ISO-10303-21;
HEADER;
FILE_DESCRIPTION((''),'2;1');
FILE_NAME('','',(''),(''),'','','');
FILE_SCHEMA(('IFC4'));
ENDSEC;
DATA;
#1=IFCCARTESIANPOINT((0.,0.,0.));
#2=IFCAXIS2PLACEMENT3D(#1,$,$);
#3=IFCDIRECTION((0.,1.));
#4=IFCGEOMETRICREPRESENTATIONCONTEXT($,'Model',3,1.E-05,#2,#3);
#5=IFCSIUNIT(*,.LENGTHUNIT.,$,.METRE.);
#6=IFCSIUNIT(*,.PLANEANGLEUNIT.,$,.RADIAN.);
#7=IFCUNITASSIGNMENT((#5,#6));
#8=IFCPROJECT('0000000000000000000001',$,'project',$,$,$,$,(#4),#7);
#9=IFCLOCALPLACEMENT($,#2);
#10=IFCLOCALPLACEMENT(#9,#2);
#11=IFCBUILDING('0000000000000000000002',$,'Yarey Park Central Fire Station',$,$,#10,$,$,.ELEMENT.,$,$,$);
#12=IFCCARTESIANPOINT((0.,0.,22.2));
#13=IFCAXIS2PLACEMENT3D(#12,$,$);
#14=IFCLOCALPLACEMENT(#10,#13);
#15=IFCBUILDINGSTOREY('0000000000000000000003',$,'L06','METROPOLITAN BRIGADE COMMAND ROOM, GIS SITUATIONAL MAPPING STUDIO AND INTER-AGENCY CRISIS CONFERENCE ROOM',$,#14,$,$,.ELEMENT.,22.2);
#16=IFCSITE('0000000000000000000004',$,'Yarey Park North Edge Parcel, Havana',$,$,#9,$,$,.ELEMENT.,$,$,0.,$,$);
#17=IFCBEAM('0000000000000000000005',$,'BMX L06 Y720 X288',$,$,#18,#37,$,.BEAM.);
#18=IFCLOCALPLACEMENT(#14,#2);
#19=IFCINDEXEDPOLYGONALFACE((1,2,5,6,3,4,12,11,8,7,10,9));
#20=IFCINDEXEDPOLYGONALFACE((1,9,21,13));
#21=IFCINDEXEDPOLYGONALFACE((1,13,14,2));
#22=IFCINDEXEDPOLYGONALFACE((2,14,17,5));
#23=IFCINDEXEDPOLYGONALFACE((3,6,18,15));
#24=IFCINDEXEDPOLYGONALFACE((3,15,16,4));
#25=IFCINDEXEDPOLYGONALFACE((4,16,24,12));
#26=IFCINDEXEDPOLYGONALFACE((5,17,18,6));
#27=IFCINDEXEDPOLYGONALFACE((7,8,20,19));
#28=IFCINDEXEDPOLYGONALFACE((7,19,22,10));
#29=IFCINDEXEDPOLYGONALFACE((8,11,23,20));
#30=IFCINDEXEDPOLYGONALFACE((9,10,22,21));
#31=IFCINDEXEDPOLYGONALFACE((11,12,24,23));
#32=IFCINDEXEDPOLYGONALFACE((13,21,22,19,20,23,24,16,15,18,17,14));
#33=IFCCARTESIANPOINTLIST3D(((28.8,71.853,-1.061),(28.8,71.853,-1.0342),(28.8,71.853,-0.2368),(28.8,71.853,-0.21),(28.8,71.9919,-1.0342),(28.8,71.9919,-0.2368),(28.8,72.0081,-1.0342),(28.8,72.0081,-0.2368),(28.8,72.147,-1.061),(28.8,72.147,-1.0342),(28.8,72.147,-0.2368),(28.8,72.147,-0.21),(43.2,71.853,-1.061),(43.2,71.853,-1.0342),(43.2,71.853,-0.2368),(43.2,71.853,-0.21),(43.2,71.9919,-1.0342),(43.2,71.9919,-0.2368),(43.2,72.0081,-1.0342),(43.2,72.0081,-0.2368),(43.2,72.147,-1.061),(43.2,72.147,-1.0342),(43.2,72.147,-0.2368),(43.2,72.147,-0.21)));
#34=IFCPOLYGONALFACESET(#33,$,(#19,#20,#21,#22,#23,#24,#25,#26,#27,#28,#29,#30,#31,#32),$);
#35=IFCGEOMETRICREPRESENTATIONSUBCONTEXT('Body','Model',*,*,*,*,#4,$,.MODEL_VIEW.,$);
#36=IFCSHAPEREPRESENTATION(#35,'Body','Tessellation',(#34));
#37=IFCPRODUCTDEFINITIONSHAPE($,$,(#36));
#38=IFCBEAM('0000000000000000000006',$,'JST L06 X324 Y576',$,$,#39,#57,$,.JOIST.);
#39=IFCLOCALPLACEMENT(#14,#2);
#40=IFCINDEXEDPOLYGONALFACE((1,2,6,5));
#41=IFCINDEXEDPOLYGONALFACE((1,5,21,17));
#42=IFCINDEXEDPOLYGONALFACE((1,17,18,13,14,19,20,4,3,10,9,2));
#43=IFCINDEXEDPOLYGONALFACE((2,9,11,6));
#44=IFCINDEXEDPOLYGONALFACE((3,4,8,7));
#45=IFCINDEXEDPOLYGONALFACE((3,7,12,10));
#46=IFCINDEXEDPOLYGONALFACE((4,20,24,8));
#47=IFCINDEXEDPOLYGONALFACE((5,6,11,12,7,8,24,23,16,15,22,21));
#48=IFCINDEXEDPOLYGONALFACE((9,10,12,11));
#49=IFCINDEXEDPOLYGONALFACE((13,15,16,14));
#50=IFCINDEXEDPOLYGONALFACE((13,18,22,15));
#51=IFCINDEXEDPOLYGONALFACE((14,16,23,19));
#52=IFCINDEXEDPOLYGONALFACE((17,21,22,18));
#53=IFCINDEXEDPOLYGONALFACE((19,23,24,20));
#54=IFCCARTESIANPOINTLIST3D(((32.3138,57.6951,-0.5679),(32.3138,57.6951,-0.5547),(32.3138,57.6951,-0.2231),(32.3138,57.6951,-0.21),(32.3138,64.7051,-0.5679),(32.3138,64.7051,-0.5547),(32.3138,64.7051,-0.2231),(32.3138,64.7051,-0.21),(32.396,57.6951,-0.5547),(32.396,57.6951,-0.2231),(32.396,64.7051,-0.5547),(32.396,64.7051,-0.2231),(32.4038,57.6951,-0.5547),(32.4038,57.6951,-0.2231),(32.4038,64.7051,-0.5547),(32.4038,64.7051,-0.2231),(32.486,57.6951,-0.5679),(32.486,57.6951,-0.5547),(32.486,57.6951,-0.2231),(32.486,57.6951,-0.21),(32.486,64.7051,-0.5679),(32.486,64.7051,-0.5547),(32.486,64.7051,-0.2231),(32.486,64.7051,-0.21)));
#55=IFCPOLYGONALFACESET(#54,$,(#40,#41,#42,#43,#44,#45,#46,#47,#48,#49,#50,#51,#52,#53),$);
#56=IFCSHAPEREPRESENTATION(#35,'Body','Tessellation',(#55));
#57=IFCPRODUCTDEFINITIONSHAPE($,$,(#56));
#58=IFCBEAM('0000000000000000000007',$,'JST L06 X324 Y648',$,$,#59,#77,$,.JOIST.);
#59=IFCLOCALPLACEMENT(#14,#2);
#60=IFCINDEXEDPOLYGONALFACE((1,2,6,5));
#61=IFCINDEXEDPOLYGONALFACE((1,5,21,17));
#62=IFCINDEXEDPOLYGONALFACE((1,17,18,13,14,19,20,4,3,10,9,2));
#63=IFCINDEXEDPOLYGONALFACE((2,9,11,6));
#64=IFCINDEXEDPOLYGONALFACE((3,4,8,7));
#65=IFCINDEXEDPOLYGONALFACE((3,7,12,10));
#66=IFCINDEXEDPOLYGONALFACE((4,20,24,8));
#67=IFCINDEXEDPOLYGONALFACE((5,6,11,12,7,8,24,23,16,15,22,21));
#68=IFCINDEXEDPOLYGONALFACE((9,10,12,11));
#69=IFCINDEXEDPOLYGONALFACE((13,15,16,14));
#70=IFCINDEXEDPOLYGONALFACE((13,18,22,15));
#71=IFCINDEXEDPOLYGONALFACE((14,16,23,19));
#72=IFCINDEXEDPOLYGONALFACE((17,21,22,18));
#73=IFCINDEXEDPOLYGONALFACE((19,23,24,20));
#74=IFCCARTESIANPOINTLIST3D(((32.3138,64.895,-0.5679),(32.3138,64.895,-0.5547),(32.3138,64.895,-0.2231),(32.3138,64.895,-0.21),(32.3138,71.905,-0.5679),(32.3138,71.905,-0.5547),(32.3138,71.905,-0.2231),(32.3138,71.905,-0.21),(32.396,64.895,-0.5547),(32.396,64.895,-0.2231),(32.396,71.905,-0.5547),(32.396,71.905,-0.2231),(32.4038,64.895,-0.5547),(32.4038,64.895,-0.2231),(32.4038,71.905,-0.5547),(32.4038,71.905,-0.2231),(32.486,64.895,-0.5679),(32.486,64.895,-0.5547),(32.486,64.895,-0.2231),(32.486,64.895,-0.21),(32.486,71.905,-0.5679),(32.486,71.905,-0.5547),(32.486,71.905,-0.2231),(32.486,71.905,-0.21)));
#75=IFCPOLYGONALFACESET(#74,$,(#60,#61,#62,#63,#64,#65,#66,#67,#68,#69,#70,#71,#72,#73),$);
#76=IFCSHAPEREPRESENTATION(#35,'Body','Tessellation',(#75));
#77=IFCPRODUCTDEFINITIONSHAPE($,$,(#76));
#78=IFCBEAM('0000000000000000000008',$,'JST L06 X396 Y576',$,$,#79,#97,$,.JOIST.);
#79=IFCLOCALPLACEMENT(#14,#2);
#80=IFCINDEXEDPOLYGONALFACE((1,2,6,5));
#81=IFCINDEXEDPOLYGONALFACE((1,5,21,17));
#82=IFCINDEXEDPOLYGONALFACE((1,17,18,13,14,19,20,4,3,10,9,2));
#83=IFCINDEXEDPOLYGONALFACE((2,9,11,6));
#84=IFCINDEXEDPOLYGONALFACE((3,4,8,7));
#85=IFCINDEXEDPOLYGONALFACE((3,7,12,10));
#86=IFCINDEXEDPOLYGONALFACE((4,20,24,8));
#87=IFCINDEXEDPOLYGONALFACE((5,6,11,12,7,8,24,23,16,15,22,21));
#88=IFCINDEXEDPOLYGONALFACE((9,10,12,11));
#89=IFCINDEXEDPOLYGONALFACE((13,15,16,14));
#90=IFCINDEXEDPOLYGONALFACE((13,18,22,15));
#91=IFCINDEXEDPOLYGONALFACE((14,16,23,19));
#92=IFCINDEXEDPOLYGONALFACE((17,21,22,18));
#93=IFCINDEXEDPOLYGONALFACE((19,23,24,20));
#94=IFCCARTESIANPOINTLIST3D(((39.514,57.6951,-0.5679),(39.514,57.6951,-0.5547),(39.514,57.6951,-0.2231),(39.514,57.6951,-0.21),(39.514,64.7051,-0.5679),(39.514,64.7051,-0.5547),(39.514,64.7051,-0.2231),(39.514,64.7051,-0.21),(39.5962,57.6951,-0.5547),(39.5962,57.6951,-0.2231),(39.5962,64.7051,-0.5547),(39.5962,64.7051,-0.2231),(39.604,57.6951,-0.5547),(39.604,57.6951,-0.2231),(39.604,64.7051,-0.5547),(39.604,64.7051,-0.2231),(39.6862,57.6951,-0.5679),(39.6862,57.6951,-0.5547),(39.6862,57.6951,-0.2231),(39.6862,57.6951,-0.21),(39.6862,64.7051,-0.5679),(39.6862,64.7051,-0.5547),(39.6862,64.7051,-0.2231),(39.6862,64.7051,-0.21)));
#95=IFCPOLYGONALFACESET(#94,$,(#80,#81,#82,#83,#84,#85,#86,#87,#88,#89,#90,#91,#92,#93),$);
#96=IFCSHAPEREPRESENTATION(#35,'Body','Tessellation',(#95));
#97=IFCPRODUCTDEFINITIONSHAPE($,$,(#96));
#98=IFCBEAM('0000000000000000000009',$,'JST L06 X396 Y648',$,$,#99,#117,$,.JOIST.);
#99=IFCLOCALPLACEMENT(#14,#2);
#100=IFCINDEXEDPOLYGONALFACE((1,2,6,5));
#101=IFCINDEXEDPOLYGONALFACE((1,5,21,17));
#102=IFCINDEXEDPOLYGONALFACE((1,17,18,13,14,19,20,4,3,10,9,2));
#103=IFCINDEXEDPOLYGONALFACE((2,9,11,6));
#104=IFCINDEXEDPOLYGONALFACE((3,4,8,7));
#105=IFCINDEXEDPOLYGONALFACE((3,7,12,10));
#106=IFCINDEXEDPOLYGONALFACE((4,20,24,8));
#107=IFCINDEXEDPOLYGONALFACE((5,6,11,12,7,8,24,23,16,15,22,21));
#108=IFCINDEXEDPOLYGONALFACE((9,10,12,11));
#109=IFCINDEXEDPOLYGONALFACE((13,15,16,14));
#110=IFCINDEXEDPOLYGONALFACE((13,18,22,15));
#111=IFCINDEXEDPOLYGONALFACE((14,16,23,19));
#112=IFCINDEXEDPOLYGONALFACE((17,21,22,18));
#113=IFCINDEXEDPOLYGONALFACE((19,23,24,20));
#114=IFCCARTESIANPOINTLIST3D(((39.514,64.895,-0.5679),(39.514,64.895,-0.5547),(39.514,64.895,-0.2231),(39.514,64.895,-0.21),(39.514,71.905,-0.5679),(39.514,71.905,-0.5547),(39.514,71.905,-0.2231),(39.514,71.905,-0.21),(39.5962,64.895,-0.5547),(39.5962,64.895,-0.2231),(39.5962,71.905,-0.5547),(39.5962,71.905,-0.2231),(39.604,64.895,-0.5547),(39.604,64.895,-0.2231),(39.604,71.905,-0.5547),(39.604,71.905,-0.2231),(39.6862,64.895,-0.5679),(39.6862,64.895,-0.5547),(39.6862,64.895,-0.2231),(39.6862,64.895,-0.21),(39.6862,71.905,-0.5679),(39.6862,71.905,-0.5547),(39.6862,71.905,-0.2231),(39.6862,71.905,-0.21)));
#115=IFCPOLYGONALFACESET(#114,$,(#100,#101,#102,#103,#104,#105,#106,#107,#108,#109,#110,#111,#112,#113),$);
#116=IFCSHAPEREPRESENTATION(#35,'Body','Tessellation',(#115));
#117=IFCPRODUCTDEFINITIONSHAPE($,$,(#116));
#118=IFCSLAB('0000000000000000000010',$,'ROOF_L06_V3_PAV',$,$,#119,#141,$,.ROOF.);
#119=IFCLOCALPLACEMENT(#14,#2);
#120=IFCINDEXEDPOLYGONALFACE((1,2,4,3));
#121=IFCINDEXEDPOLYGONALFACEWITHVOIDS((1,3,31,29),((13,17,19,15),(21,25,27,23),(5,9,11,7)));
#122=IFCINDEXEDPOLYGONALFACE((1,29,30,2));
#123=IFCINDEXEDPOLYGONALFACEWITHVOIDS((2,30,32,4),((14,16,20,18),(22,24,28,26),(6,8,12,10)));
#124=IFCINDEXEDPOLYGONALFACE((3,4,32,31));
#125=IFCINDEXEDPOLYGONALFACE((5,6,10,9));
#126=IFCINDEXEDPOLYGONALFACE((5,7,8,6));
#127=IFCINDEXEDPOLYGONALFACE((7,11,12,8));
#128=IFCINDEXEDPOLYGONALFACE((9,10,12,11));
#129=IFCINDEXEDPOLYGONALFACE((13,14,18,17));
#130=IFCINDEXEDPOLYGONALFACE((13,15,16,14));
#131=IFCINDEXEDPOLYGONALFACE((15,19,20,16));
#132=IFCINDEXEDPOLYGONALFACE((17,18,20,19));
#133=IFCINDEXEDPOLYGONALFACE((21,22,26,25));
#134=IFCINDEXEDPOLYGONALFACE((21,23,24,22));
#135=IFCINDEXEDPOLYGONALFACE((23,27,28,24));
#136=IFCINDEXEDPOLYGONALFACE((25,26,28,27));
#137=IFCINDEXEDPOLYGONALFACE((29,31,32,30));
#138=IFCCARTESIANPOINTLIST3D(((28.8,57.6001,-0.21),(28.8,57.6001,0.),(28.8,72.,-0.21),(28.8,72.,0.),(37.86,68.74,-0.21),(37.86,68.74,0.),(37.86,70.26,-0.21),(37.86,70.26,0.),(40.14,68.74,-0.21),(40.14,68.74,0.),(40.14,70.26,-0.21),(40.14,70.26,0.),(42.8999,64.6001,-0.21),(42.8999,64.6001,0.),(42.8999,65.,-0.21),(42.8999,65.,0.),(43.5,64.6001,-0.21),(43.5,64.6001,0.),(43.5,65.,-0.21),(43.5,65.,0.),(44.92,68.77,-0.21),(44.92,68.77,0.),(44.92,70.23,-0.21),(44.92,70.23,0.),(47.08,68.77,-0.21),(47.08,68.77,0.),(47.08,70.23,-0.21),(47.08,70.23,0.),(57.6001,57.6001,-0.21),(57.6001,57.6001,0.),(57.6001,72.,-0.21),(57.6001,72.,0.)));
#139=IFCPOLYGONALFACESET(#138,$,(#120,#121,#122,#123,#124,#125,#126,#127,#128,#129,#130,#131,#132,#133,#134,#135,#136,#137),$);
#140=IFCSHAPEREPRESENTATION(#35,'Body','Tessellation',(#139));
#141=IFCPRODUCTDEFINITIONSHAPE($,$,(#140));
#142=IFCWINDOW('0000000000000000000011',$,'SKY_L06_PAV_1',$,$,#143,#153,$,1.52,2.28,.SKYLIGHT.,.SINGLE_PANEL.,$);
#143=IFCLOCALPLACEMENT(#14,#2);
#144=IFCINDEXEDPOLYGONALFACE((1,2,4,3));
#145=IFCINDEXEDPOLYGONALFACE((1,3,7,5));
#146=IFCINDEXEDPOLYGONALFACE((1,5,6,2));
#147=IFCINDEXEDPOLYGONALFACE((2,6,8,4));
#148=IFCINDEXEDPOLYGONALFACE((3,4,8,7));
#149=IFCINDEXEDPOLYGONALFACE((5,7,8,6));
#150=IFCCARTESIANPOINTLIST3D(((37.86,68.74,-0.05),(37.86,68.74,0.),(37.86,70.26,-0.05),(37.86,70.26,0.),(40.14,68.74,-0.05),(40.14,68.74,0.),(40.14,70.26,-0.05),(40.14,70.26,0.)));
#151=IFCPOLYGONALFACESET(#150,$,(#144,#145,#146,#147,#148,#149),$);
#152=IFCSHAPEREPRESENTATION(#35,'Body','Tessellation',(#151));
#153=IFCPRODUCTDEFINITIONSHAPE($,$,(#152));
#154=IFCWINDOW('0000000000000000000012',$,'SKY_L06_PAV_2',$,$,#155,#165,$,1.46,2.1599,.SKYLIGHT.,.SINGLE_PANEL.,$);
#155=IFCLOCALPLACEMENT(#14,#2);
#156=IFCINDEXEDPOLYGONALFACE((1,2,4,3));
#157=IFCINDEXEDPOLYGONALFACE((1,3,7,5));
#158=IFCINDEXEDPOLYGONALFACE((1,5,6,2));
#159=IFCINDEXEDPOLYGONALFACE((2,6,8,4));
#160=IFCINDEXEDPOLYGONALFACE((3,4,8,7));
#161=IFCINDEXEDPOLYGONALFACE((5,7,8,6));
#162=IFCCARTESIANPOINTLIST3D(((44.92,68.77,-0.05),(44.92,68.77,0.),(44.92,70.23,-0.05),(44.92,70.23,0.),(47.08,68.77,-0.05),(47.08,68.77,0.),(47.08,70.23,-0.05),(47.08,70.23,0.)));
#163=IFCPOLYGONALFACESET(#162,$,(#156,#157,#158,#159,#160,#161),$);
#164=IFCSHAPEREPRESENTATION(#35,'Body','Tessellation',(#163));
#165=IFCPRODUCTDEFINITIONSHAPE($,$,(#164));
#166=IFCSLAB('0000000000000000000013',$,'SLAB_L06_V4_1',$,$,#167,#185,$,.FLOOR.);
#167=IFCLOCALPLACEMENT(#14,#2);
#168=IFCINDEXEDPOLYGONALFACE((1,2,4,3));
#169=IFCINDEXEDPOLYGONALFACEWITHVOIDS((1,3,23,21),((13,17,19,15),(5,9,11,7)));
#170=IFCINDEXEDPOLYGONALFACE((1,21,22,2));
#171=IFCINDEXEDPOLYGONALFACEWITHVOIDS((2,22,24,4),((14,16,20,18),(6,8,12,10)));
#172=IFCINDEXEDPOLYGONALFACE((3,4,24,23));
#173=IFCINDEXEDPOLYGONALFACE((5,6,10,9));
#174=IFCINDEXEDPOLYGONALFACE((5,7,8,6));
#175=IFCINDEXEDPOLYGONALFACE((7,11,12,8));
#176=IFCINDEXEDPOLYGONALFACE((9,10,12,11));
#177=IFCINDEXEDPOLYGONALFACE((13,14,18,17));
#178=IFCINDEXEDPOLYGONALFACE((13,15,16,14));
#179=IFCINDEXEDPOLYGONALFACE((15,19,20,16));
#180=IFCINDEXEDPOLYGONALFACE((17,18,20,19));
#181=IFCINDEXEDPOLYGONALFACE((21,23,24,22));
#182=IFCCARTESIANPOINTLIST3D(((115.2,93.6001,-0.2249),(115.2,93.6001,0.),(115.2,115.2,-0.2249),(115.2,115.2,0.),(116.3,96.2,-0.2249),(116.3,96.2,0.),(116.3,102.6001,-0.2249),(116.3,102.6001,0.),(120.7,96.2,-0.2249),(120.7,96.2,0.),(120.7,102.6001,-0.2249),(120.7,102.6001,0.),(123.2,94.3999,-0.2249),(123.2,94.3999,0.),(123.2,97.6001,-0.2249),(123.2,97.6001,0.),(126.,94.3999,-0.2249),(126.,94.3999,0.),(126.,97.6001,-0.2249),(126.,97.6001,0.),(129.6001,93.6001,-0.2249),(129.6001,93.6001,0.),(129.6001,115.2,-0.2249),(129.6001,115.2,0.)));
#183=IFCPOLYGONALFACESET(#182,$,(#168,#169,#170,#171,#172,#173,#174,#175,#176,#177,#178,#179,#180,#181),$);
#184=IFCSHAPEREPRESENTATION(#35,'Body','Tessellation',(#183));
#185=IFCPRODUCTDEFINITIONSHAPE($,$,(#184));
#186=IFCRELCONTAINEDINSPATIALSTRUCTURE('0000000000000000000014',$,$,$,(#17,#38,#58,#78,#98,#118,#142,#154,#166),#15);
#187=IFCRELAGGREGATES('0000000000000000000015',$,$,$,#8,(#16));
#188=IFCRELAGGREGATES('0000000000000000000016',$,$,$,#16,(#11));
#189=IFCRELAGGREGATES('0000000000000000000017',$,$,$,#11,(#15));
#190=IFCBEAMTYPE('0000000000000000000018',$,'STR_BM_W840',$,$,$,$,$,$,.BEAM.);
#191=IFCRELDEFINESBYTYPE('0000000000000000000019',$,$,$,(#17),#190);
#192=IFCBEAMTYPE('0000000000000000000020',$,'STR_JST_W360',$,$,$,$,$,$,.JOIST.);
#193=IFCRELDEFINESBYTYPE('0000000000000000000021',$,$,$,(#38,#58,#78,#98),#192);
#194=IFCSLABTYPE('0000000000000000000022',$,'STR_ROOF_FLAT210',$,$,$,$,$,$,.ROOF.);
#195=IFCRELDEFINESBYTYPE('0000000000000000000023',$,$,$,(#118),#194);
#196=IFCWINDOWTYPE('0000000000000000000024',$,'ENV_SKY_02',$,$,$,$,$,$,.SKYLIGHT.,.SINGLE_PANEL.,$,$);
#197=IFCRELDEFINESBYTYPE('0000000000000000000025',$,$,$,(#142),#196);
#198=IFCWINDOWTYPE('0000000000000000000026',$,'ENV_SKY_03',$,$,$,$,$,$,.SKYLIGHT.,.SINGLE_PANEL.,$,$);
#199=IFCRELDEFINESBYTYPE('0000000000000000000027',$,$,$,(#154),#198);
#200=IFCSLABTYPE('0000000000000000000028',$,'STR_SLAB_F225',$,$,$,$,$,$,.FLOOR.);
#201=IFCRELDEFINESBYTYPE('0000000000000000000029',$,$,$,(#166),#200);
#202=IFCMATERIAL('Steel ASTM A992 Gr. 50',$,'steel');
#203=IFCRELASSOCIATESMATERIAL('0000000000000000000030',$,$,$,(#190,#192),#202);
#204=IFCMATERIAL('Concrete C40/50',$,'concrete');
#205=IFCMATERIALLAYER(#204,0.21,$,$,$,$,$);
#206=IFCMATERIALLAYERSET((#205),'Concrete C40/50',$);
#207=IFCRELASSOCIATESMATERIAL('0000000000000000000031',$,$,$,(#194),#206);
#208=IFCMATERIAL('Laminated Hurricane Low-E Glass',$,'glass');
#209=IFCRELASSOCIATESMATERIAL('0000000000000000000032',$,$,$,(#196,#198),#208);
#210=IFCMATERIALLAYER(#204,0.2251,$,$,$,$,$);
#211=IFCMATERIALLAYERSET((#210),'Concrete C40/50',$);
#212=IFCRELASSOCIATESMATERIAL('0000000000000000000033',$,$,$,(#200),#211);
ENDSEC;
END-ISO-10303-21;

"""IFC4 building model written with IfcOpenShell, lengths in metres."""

from ifc_helpers import new_model, si_unit, direction, frame, origin, origin_2d, place, context, subcontext, project, spatial, polyline, rectangle, i_section, outline, extrude, material, layer, layer_set, material_profile, profile_set, type_object, element, fill, save


model = new_model("IFC4")

# Units and contexts
model_context = context("Model", 3, precision=1e-05, world=origin(), true_north=direction((0.0, 1.0)))
body_context = subcontext(model_context, "Body", "Model", "MODEL_VIEW")
ifc_project = project(units=[si_unit("LENGTHUNIT", "METRE"), si_unit("PLANEANGLEUNIT", "RADIAN")], contexts=[model_context])

# Site, building, storey
site_placement = place(None, origin())
site = spatial("IfcSite", under=ifc_project, at=site_placement, Name="Yarey Park North Edge Parcel, Havana", CompositionType="ELEMENT", RefElevation=0.0)
building_placement = place(site_placement, origin())
building = spatial("IfcBuilding", under=site, at=building_placement, Name="Yarey Park Central Fire Station", CompositionType="ELEMENT")
storey_placement = place(building_placement, frame((0.0, 0.0, 22.2)))
storey = spatial("IfcBuildingStorey", under=building, at=storey_placement, Name="L06", Description="METROPOLITAN BRIGADE COMMAND ROOM, GIS SITUATIONAL MAPPING STUDIO AND INTER-AGENCY CRISIS CONFERENCE ROOM", CompositionType="ELEMENT", Elevation=22.2)

# Beams
ifc_material_1 = material(Name="Steel ASTM A992 Gr. 50", Category="steel")
ifc_material_profile_1 = material_profile(ifc_material_1, i_section(OverallWidth=0.2939, OverallDepth=0.8511, WebThickness=0.0161, FlangeThickness=0.0269, at=origin_2d()), Name="W840x226")
ifc_profile_set_1 = profile_set([ifc_material_profile_1], Name="Steel ASTM A992 Gr. 50")
beam_type_1 = type_object("IfcBeamType", Name="STR_BM_W840", PredefinedType="BEAM", material=ifc_profile_set_1)
beam_placement = place(storey_placement, frame((28.8, 72.0, -0.6355), z_axis=(1.0, 0.0, 0.0), x_axis=(0.0, 1.0, 0.0)))
element("IfcBeam", 1, at=beam_placement, inside=storey, type_object=beam_type_1, Name="BMX L06 Y720 X288", PredefinedType="BEAM", context=body_context, shape_type="SweptSolid", body=[
    extrude(i_section(OverallWidth=0.2939, OverallDepth=0.8511, WebThickness=0.0161, FlangeThickness=0.0269, at=origin_2d()), origin(), (0.0, 0.0, 1.0), 14.3999),
])
ifc_material_profile_2 = material_profile(ifc_material_1, i_section(OverallWidth=0.1721, OverallDepth=0.3579, WebThickness=0.0078, FlangeThickness=0.0132, at=origin_2d()), Name="W360x57")
ifc_profile_set_2 = profile_set([ifc_material_profile_2], Name="Steel ASTM A992 Gr. 50")
beam_type_2 = type_object("IfcBeamType", Name="STR_JST_W360", PredefinedType="JOIST", material=ifc_profile_set_2)
for number, where, z_axis, x_axis, name in (
    (2, (32.3999, 57.6951, -0.3889), (0.0, 1.0, 0.0), (-1.0, 0.0, 0.0), "JST L06 X324 Y576"),
    (3, (32.3999, 64.895, -0.3889), (0.0, 1.0, 0.0), (-1.0, 0.0, 0.0), "JST L06 X324 Y648"),
    (4, (39.6001, 57.6951, -0.3889), (0.0, 1.0, 0.0), (-1.0, 0.0, 0.0), "JST L06 X396 Y576"),
    (5, (39.6001, 64.895, -0.3889), (0.0, 1.0, 0.0), (-1.0, 0.0, 0.0), "JST L06 X396 Y648"),
):
    element("IfcBeam", number, at=place(storey_placement, frame(where, z_axis=z_axis, x_axis=x_axis)), inside=storey, type_object=beam_type_2, Name=name, PredefinedType="JOIST", context=body_context, shape_type="SweptSolid", body=[
        extrude(i_section(OverallWidth=0.1721, OverallDepth=0.3579, WebThickness=0.0078, FlangeThickness=0.0132, at=origin_2d()), origin(), (0.0, 0.0, 1.0), 7.01),
    ])

# Shared definitions
ifc_material_2 = material(Name="Concrete C40/50", Category="concrete")

# Slab, openings, windows
ifc_layer_1 = layer(ifc_material_2, 0.21)
ifc_layer_set_1 = layer_set([ifc_layer_1], Name="Concrete C40/50")
slab_type_1 = type_object("IfcSlabType", Name="STR_ROOF_FLAT210", PredefinedType="ROOF", material=ifc_layer_set_1)
slab_1_placement = place(storey_placement, frame((0.0, 0.0, -0.21)))
slab_1 = element("IfcSlab", 6, at=slab_1_placement, inside=storey, type_object=slab_type_1, Name="ROOF_L06_V3_PAV", PredefinedType="ROOF", context=body_context, shape_type="SweptSolid", body=[
    extrude(outline(polyline([(28.8, 57.6001), (57.6001, 57.6001), (57.6001, 72.0), (28.8, 72.0), (28.8, 57.6001)]), holes=[polyline([(42.8999, 64.6001), (43.5, 64.6001), (43.5, 65.0), (42.8999, 65.0), (42.8999, 64.6001)])]), origin(), (0.0, 0.0, 1.0), 0.21),
])
opening_1_placement = place(slab_1_placement, frame((39.0, 69.5, -0.01)))
opening_1 = element("IfcOpeningElement", 7, at=opening_1_placement, cuts=slab_1, PredefinedType="OPENING", context=body_context, shape_type="SweptSolid", body=[
    extrude(rectangle(XDim=2.28, YDim=1.52, at=origin_2d()), origin(), (0.0, 0.0, 1.0), 0.23),
])
opening_2_placement = place(slab_1_placement, frame((46.0, 69.5, -0.01)))
opening_2 = element("IfcOpeningElement", 8, at=opening_2_placement, cuts=slab_1, PredefinedType="OPENING", context=body_context, shape_type="SweptSolid", body=[
    extrude(rectangle(XDim=2.1599, YDim=1.46, at=origin_2d()), origin(), (0.0, 0.0, 1.0), 0.23),
])
ifc_material_3 = material(Name="Laminated Hurricane Low-E Glass", Category="glass")
window_type_1 = type_object("IfcWindowType", Name="ENV_SKY_02", PartitioningType="SINGLE_PANEL", PredefinedType="SKYLIGHT", material=ifc_material_3)
window_1_placement = place(slab_1_placement, frame((39.0, 69.5, 0.1599)))
window_1 = element("IfcWindow", 9, at=window_1_placement, inside=storey, type_object=window_type_1, Name="SKY_L06_PAV_1", OverallHeight=1.52, OverallWidth=2.28, PartitioningType="SINGLE_PANEL", PredefinedType="SKYLIGHT", context=body_context, shape_type="SweptSolid", body=[
    extrude(rectangle(XDim=2.28, YDim=1.52, at=origin_2d()), origin(), (0.0, 0.0, 1.0), 0.05),
])
fill(opening_1, window_1)
window_type_2 = type_object("IfcWindowType", Name="ENV_SKY_03", PartitioningType="SINGLE_PANEL", PredefinedType="SKYLIGHT", material=ifc_material_3)
window_2_placement = place(slab_1_placement, frame((46.0, 69.5, 0.1599)))
window_2 = element("IfcWindow", 10, at=window_2_placement, inside=storey, type_object=window_type_2, Name="SKY_L06_PAV_2", OverallHeight=1.46, OverallWidth=2.1599, PartitioningType="SINGLE_PANEL", PredefinedType="SKYLIGHT", context=body_context, shape_type="SweptSolid", body=[
    extrude(rectangle(XDim=2.1599, YDim=1.46, at=origin_2d()), origin(), (0.0, 0.0, 1.0), 0.05),
])
fill(opening_2, window_2)

# Slab
ifc_layer_2 = layer(ifc_material_2, 0.2251)
ifc_layer_set_2 = layer_set([ifc_layer_2], Name="Concrete C40/50")
slab_type_2 = type_object("IfcSlabType", Name="STR_SLAB_F225", PredefinedType="FLOOR", material=ifc_layer_set_2)
slab_2_placement = place(storey_placement, frame((0.0, 0.0, -0.2249)))
element("IfcSlab", 11, at=slab_2_placement, inside=storey, type_object=slab_type_2, Name="SLAB_L06_V4_1", PredefinedType="FLOOR", context=body_context, shape_type="SweptSolid", body=[
    extrude(outline(polyline([(115.2, 93.6001), (129.6001, 93.6001), (129.6001, 115.2), (115.2, 115.2), (115.2, 93.6001)]), holes=[polyline([(116.3, 96.2), (120.7, 96.2), (120.7, 102.6001), (116.3, 102.6001), (116.3, 96.2)]), polyline([(123.2, 94.3999), (126.0, 94.3999), (126.0, 97.6001), (123.2, 97.6001), (123.2, 94.3999)])]), origin(), (0.0, 0.0, 1.0), 0.2249),
])

save(model, "model.ifc")
